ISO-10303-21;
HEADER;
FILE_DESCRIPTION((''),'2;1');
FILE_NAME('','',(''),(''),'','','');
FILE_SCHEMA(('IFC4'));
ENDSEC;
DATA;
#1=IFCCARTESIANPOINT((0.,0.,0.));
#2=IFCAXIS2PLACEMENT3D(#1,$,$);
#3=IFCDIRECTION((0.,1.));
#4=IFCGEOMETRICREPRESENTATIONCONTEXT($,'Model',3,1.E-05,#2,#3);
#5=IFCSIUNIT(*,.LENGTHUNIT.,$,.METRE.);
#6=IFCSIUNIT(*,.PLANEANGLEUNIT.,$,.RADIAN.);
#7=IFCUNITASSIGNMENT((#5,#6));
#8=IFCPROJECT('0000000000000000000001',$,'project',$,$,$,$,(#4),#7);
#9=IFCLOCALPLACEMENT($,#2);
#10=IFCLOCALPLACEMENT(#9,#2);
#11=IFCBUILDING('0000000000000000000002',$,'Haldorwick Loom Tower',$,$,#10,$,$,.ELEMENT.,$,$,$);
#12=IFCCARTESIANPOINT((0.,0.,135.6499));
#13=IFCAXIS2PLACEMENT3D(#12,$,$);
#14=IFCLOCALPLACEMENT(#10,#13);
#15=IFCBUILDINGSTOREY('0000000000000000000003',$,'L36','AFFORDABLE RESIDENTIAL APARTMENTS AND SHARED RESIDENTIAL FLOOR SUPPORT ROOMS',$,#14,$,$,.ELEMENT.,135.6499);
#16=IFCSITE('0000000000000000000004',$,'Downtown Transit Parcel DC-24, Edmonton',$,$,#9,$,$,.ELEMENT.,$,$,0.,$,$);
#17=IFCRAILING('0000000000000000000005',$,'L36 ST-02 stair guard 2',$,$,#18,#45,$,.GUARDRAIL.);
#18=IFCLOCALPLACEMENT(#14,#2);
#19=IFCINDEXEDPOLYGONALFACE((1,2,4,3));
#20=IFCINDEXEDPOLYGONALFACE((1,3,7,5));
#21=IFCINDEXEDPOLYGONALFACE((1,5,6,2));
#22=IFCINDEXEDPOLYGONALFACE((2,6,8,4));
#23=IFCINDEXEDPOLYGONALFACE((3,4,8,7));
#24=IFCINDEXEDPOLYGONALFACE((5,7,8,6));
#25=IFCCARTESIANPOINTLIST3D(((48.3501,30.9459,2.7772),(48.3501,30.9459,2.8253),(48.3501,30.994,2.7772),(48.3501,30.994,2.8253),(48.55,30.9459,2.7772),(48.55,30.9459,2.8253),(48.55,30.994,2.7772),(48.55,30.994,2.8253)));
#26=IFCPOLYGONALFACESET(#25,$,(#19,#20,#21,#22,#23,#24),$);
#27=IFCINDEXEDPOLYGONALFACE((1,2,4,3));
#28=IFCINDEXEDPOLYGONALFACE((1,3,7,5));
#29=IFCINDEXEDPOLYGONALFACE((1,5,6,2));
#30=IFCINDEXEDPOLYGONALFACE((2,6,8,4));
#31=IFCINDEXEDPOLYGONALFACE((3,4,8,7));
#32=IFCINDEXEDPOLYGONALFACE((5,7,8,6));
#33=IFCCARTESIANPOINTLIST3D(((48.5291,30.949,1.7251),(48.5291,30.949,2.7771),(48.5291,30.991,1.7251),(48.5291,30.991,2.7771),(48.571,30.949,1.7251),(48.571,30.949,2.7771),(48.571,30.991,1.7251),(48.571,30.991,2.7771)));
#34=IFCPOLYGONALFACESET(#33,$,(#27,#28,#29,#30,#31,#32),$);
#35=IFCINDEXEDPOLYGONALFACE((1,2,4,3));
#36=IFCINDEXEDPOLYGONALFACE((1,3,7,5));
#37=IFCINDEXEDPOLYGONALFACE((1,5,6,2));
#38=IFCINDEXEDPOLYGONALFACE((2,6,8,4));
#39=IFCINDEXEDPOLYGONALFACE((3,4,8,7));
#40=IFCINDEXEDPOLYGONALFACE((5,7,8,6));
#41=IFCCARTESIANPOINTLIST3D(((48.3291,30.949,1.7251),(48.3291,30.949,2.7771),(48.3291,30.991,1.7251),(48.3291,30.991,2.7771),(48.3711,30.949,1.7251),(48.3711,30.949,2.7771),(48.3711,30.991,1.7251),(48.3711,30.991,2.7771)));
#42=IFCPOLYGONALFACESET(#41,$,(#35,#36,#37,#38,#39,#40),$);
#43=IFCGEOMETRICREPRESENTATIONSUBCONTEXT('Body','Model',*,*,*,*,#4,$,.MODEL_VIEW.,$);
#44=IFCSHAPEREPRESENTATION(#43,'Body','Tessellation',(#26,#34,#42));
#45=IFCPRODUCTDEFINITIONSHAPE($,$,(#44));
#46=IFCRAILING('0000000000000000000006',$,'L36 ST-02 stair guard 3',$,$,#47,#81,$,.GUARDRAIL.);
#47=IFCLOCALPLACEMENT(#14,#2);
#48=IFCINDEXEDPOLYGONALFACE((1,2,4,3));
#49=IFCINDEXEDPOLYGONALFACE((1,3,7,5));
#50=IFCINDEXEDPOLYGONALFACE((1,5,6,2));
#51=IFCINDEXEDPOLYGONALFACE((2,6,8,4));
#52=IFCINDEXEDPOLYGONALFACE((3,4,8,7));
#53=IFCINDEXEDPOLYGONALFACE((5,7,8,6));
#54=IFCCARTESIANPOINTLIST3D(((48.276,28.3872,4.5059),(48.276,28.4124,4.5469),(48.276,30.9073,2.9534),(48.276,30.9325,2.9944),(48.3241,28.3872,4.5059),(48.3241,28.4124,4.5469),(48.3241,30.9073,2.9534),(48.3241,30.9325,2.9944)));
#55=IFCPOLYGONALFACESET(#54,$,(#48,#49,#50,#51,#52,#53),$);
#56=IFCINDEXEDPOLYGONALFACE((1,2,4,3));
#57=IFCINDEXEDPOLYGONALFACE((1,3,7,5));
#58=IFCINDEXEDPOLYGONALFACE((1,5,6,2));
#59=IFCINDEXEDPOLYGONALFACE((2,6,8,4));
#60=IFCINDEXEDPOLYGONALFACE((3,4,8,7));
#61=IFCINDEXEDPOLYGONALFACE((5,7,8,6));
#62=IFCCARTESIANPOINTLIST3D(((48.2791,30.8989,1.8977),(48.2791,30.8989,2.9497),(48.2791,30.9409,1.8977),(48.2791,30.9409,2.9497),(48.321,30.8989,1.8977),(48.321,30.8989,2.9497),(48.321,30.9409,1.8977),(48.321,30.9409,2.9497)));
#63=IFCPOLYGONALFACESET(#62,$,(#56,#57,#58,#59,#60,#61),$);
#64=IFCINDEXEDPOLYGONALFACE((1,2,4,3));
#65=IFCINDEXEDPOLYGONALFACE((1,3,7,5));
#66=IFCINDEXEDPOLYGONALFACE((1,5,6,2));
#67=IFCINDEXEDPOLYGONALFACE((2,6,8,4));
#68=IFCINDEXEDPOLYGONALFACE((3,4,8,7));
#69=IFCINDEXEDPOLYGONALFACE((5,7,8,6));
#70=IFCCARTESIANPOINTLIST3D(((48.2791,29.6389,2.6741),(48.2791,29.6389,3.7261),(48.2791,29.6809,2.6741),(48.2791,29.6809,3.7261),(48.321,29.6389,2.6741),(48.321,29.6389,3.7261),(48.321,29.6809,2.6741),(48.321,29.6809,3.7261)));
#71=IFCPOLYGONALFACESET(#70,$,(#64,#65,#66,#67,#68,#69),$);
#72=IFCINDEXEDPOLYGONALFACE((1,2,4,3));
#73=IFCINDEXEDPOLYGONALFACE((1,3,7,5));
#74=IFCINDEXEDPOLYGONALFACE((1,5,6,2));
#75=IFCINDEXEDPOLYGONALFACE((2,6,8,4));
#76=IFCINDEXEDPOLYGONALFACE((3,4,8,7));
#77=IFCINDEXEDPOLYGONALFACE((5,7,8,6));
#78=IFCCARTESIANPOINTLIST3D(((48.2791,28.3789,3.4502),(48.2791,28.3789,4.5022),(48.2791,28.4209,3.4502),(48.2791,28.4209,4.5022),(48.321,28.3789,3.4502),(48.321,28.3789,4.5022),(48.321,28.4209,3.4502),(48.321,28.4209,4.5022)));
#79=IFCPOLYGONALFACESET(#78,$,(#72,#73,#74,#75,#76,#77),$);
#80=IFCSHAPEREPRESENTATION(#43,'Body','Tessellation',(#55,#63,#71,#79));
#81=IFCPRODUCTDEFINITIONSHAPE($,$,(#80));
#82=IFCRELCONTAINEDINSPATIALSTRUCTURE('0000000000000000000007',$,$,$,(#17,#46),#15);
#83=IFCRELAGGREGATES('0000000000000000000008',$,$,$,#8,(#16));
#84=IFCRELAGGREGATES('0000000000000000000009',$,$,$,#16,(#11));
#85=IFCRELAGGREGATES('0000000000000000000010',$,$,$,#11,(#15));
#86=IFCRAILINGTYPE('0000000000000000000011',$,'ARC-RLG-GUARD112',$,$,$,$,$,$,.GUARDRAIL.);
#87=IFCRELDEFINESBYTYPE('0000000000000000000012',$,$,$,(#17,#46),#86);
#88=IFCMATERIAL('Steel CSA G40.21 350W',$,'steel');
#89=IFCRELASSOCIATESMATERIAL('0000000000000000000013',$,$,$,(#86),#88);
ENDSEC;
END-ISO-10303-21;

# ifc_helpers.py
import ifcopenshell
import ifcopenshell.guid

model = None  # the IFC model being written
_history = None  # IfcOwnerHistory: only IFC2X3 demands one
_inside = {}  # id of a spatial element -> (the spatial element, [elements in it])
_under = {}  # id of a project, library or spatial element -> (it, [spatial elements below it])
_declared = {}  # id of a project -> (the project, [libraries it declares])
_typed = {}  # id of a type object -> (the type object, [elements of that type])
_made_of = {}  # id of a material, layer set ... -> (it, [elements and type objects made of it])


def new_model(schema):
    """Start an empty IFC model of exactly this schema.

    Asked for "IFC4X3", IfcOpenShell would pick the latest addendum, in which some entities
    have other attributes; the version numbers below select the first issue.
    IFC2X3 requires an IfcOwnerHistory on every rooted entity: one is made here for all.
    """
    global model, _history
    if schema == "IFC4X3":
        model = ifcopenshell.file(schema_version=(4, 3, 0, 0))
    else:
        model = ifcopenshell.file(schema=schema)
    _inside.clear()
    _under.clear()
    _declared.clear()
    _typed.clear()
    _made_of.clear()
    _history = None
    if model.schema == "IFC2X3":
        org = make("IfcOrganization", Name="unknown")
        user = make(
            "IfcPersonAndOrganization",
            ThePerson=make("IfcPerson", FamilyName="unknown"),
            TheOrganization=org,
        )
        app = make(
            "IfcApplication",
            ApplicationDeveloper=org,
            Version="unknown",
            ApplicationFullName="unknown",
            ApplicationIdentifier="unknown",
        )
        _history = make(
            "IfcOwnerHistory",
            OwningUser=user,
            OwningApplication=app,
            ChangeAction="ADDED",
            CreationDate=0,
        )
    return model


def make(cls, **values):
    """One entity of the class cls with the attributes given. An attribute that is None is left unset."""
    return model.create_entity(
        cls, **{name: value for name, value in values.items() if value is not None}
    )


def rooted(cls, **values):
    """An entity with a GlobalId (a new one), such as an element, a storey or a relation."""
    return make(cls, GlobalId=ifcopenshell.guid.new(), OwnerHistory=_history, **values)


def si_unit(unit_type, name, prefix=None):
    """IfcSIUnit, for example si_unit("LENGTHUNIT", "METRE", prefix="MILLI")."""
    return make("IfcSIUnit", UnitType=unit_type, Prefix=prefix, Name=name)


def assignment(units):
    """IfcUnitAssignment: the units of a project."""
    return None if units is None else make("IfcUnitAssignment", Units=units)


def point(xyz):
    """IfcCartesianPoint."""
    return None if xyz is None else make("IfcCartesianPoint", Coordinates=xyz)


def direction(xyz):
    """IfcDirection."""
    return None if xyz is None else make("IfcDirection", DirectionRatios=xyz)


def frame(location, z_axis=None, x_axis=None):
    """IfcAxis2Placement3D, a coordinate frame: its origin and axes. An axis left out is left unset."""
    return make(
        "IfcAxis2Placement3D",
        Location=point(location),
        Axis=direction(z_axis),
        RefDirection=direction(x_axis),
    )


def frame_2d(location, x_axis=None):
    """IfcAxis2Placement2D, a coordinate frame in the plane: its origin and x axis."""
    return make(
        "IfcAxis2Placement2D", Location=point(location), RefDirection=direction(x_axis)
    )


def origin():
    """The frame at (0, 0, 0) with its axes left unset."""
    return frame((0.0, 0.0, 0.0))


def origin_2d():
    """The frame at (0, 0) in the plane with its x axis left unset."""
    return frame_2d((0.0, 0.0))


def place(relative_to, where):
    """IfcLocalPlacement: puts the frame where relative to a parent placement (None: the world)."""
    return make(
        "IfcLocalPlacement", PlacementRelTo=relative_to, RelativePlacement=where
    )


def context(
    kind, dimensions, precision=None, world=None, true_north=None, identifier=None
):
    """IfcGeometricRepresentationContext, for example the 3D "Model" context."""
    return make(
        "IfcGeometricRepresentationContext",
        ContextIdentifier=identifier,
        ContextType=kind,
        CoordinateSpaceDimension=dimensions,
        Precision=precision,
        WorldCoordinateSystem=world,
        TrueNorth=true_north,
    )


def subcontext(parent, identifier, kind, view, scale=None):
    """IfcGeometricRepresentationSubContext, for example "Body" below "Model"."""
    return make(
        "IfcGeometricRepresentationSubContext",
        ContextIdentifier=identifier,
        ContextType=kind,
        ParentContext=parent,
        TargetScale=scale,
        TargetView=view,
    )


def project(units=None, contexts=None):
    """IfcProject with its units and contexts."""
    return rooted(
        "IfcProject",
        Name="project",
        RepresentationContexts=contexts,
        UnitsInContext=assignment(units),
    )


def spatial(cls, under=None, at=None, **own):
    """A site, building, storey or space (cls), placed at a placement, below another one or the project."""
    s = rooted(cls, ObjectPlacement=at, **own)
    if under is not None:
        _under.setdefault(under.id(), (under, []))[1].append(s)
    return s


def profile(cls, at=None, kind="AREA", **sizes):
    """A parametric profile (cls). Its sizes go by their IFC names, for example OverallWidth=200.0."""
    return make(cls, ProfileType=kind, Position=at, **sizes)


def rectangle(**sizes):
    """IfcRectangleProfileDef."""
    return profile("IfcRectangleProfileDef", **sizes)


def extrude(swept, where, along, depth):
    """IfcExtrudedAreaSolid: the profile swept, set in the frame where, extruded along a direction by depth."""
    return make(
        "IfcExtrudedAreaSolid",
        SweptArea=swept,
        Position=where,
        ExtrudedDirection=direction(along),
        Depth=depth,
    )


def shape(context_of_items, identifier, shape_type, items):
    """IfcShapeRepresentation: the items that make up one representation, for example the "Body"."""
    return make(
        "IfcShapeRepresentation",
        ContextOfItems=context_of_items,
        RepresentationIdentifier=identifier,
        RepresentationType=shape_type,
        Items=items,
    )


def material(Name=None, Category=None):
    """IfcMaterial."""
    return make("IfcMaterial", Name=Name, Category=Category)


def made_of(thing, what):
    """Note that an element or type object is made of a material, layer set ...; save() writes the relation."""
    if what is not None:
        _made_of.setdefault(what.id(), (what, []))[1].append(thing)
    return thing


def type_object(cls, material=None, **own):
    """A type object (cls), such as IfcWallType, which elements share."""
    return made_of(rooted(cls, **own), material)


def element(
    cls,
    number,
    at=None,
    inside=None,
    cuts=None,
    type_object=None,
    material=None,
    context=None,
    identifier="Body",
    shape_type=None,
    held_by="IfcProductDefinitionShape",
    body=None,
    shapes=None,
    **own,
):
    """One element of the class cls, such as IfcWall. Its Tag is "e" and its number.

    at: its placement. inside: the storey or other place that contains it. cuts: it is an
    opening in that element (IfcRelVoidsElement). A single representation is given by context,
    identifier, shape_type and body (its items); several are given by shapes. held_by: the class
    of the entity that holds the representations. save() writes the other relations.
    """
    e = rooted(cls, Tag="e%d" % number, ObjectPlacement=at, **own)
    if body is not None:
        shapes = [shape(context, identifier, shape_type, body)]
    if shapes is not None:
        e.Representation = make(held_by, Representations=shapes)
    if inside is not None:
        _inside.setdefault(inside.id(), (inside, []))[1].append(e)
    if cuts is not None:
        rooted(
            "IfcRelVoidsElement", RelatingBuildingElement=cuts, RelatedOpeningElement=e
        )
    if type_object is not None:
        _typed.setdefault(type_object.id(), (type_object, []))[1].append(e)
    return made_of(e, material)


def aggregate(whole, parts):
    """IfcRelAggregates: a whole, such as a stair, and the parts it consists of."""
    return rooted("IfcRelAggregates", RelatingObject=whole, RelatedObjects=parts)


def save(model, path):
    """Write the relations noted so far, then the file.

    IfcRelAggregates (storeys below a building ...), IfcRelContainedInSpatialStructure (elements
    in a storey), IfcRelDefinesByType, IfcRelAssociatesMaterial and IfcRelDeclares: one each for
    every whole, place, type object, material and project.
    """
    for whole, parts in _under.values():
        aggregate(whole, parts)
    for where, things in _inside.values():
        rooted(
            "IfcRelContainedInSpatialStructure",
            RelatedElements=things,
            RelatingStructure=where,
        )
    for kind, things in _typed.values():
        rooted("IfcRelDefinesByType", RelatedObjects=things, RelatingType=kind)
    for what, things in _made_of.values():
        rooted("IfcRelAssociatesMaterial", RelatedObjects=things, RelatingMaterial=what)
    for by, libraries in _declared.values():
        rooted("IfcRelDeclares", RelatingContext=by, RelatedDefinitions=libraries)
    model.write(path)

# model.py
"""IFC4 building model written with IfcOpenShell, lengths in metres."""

from ifc_helpers import new_model, si_unit, direction, frame, origin, origin_2d, place, context, subcontext, project, spatial, rectangle, extrude, material, type_object, element, save


model = new_model("IFC4")

# Units and contexts
model_context = context("Model", 3, precision=1e-05, world=origin(), true_north=direction((0.0, 1.0)))
body_context = subcontext(model_context, "Body", "Model", "MODEL_VIEW")
ifc_project = project(units=[si_unit("LENGTHUNIT", "METRE"), si_unit("PLANEANGLEUNIT", "RADIAN")], contexts=[model_context])

# Site, building, storey
site_placement = place(None, origin())
site = spatial("IfcSite", under=ifc_project, at=site_placement, Name="Downtown Transit Parcel DC-24, Edmonton", CompositionType="ELEMENT", RefElevation=0.0)
building_placement = place(site_placement, origin())
building = spatial("IfcBuilding", under=site, at=building_placement, Name="Haldorwick Loom Tower", CompositionType="ELEMENT")
storey_placement = place(building_placement, frame((0.0, 0.0, 135.6499)))
storey = spatial("IfcBuildingStorey", under=building, at=storey_placement, Name="L36", Description="AFFORDABLE RESIDENTIAL APARTMENTS AND SHARED RESIDENTIAL FLOOR SUPPORT ROOMS", CompositionType="ELEMENT", Elevation=135.6499)

# Shared definitions
ifc_material_1 = material(Name="Steel CSA G40.21 350W", Category="steel")

# Railings
railing_type_1 = type_object("IfcRailingType", Name="ARC-RLG-GUARD112", PredefinedType="GUARDRAIL", material=ifc_material_1)
railing_1_placement = place(storey_placement, frame((48.55, 30.97, 1.7251)))
element("IfcRailing", 1, at=railing_1_placement, inside=storey, type_object=railing_type_1, Name="L36 ST-02 stair guard 2", PredefinedType="GUARDRAIL", context=body_context, shape_type="SweptSolid", body=[
    extrude(rectangle(XDim=0.0481, YDim=0.0481, at=origin_2d()), frame((0.0, 0.0, 1.0762), z_axis=(-1.0, 0.0, 0.0), x_axis=(0.0, -1.0, 0.0)), (0.0, 0.0, 1.0), 0.2),
    extrude(rectangle(XDim=0.042, YDim=0.042, at=origin_2d()), origin(), (0.0, 0.0, 1.0), 1.052),
    extrude(rectangle(XDim=0.042, YDim=0.042, at=origin_2d()), frame((-0.2, 0.0, 0.0)), (0.0, 0.0, 1.0), 1.052),
])
railing_2_placement = place(storey_placement, frame((48.3, 30.9199, 1.8977)))
element("IfcRailing", 2, at=railing_2_placement, inside=storey, type_object=railing_type_1, Name="L36 ST-02 stair guard 3", PredefinedType="GUARDRAIL", context=body_context, shape_type="SweptSolid", body=[
    extrude(rectangle(XDim=0.0481, YDim=0.0481, at=origin_2d()), frame((0.0, 0.0, 1.0762), z_axis=(0.0, -0.8514, 0.524516), x_axis=(1.0, 0.0, 0.0)), (0.0, 0.0, 1.0), 2.96),
    extrude(rectangle(XDim=0.042, YDim=0.042, at=origin_2d()), origin(), (0.0, 0.0, 1.0), 1.052),
    extrude(rectangle(XDim=0.042, YDim=0.042, at=origin_2d()), frame((0.0, -1.26, 0.7764)), (0.0, 0.0, 1.0), 1.052),
    extrude(rectangle(XDim=0.042, YDim=0.042, at=origin_2d()), frame((0.0, -2.52, 1.5525)), (0.0, 0.0, 1.0), 1.052),
])

save(model, "model.ifc")
